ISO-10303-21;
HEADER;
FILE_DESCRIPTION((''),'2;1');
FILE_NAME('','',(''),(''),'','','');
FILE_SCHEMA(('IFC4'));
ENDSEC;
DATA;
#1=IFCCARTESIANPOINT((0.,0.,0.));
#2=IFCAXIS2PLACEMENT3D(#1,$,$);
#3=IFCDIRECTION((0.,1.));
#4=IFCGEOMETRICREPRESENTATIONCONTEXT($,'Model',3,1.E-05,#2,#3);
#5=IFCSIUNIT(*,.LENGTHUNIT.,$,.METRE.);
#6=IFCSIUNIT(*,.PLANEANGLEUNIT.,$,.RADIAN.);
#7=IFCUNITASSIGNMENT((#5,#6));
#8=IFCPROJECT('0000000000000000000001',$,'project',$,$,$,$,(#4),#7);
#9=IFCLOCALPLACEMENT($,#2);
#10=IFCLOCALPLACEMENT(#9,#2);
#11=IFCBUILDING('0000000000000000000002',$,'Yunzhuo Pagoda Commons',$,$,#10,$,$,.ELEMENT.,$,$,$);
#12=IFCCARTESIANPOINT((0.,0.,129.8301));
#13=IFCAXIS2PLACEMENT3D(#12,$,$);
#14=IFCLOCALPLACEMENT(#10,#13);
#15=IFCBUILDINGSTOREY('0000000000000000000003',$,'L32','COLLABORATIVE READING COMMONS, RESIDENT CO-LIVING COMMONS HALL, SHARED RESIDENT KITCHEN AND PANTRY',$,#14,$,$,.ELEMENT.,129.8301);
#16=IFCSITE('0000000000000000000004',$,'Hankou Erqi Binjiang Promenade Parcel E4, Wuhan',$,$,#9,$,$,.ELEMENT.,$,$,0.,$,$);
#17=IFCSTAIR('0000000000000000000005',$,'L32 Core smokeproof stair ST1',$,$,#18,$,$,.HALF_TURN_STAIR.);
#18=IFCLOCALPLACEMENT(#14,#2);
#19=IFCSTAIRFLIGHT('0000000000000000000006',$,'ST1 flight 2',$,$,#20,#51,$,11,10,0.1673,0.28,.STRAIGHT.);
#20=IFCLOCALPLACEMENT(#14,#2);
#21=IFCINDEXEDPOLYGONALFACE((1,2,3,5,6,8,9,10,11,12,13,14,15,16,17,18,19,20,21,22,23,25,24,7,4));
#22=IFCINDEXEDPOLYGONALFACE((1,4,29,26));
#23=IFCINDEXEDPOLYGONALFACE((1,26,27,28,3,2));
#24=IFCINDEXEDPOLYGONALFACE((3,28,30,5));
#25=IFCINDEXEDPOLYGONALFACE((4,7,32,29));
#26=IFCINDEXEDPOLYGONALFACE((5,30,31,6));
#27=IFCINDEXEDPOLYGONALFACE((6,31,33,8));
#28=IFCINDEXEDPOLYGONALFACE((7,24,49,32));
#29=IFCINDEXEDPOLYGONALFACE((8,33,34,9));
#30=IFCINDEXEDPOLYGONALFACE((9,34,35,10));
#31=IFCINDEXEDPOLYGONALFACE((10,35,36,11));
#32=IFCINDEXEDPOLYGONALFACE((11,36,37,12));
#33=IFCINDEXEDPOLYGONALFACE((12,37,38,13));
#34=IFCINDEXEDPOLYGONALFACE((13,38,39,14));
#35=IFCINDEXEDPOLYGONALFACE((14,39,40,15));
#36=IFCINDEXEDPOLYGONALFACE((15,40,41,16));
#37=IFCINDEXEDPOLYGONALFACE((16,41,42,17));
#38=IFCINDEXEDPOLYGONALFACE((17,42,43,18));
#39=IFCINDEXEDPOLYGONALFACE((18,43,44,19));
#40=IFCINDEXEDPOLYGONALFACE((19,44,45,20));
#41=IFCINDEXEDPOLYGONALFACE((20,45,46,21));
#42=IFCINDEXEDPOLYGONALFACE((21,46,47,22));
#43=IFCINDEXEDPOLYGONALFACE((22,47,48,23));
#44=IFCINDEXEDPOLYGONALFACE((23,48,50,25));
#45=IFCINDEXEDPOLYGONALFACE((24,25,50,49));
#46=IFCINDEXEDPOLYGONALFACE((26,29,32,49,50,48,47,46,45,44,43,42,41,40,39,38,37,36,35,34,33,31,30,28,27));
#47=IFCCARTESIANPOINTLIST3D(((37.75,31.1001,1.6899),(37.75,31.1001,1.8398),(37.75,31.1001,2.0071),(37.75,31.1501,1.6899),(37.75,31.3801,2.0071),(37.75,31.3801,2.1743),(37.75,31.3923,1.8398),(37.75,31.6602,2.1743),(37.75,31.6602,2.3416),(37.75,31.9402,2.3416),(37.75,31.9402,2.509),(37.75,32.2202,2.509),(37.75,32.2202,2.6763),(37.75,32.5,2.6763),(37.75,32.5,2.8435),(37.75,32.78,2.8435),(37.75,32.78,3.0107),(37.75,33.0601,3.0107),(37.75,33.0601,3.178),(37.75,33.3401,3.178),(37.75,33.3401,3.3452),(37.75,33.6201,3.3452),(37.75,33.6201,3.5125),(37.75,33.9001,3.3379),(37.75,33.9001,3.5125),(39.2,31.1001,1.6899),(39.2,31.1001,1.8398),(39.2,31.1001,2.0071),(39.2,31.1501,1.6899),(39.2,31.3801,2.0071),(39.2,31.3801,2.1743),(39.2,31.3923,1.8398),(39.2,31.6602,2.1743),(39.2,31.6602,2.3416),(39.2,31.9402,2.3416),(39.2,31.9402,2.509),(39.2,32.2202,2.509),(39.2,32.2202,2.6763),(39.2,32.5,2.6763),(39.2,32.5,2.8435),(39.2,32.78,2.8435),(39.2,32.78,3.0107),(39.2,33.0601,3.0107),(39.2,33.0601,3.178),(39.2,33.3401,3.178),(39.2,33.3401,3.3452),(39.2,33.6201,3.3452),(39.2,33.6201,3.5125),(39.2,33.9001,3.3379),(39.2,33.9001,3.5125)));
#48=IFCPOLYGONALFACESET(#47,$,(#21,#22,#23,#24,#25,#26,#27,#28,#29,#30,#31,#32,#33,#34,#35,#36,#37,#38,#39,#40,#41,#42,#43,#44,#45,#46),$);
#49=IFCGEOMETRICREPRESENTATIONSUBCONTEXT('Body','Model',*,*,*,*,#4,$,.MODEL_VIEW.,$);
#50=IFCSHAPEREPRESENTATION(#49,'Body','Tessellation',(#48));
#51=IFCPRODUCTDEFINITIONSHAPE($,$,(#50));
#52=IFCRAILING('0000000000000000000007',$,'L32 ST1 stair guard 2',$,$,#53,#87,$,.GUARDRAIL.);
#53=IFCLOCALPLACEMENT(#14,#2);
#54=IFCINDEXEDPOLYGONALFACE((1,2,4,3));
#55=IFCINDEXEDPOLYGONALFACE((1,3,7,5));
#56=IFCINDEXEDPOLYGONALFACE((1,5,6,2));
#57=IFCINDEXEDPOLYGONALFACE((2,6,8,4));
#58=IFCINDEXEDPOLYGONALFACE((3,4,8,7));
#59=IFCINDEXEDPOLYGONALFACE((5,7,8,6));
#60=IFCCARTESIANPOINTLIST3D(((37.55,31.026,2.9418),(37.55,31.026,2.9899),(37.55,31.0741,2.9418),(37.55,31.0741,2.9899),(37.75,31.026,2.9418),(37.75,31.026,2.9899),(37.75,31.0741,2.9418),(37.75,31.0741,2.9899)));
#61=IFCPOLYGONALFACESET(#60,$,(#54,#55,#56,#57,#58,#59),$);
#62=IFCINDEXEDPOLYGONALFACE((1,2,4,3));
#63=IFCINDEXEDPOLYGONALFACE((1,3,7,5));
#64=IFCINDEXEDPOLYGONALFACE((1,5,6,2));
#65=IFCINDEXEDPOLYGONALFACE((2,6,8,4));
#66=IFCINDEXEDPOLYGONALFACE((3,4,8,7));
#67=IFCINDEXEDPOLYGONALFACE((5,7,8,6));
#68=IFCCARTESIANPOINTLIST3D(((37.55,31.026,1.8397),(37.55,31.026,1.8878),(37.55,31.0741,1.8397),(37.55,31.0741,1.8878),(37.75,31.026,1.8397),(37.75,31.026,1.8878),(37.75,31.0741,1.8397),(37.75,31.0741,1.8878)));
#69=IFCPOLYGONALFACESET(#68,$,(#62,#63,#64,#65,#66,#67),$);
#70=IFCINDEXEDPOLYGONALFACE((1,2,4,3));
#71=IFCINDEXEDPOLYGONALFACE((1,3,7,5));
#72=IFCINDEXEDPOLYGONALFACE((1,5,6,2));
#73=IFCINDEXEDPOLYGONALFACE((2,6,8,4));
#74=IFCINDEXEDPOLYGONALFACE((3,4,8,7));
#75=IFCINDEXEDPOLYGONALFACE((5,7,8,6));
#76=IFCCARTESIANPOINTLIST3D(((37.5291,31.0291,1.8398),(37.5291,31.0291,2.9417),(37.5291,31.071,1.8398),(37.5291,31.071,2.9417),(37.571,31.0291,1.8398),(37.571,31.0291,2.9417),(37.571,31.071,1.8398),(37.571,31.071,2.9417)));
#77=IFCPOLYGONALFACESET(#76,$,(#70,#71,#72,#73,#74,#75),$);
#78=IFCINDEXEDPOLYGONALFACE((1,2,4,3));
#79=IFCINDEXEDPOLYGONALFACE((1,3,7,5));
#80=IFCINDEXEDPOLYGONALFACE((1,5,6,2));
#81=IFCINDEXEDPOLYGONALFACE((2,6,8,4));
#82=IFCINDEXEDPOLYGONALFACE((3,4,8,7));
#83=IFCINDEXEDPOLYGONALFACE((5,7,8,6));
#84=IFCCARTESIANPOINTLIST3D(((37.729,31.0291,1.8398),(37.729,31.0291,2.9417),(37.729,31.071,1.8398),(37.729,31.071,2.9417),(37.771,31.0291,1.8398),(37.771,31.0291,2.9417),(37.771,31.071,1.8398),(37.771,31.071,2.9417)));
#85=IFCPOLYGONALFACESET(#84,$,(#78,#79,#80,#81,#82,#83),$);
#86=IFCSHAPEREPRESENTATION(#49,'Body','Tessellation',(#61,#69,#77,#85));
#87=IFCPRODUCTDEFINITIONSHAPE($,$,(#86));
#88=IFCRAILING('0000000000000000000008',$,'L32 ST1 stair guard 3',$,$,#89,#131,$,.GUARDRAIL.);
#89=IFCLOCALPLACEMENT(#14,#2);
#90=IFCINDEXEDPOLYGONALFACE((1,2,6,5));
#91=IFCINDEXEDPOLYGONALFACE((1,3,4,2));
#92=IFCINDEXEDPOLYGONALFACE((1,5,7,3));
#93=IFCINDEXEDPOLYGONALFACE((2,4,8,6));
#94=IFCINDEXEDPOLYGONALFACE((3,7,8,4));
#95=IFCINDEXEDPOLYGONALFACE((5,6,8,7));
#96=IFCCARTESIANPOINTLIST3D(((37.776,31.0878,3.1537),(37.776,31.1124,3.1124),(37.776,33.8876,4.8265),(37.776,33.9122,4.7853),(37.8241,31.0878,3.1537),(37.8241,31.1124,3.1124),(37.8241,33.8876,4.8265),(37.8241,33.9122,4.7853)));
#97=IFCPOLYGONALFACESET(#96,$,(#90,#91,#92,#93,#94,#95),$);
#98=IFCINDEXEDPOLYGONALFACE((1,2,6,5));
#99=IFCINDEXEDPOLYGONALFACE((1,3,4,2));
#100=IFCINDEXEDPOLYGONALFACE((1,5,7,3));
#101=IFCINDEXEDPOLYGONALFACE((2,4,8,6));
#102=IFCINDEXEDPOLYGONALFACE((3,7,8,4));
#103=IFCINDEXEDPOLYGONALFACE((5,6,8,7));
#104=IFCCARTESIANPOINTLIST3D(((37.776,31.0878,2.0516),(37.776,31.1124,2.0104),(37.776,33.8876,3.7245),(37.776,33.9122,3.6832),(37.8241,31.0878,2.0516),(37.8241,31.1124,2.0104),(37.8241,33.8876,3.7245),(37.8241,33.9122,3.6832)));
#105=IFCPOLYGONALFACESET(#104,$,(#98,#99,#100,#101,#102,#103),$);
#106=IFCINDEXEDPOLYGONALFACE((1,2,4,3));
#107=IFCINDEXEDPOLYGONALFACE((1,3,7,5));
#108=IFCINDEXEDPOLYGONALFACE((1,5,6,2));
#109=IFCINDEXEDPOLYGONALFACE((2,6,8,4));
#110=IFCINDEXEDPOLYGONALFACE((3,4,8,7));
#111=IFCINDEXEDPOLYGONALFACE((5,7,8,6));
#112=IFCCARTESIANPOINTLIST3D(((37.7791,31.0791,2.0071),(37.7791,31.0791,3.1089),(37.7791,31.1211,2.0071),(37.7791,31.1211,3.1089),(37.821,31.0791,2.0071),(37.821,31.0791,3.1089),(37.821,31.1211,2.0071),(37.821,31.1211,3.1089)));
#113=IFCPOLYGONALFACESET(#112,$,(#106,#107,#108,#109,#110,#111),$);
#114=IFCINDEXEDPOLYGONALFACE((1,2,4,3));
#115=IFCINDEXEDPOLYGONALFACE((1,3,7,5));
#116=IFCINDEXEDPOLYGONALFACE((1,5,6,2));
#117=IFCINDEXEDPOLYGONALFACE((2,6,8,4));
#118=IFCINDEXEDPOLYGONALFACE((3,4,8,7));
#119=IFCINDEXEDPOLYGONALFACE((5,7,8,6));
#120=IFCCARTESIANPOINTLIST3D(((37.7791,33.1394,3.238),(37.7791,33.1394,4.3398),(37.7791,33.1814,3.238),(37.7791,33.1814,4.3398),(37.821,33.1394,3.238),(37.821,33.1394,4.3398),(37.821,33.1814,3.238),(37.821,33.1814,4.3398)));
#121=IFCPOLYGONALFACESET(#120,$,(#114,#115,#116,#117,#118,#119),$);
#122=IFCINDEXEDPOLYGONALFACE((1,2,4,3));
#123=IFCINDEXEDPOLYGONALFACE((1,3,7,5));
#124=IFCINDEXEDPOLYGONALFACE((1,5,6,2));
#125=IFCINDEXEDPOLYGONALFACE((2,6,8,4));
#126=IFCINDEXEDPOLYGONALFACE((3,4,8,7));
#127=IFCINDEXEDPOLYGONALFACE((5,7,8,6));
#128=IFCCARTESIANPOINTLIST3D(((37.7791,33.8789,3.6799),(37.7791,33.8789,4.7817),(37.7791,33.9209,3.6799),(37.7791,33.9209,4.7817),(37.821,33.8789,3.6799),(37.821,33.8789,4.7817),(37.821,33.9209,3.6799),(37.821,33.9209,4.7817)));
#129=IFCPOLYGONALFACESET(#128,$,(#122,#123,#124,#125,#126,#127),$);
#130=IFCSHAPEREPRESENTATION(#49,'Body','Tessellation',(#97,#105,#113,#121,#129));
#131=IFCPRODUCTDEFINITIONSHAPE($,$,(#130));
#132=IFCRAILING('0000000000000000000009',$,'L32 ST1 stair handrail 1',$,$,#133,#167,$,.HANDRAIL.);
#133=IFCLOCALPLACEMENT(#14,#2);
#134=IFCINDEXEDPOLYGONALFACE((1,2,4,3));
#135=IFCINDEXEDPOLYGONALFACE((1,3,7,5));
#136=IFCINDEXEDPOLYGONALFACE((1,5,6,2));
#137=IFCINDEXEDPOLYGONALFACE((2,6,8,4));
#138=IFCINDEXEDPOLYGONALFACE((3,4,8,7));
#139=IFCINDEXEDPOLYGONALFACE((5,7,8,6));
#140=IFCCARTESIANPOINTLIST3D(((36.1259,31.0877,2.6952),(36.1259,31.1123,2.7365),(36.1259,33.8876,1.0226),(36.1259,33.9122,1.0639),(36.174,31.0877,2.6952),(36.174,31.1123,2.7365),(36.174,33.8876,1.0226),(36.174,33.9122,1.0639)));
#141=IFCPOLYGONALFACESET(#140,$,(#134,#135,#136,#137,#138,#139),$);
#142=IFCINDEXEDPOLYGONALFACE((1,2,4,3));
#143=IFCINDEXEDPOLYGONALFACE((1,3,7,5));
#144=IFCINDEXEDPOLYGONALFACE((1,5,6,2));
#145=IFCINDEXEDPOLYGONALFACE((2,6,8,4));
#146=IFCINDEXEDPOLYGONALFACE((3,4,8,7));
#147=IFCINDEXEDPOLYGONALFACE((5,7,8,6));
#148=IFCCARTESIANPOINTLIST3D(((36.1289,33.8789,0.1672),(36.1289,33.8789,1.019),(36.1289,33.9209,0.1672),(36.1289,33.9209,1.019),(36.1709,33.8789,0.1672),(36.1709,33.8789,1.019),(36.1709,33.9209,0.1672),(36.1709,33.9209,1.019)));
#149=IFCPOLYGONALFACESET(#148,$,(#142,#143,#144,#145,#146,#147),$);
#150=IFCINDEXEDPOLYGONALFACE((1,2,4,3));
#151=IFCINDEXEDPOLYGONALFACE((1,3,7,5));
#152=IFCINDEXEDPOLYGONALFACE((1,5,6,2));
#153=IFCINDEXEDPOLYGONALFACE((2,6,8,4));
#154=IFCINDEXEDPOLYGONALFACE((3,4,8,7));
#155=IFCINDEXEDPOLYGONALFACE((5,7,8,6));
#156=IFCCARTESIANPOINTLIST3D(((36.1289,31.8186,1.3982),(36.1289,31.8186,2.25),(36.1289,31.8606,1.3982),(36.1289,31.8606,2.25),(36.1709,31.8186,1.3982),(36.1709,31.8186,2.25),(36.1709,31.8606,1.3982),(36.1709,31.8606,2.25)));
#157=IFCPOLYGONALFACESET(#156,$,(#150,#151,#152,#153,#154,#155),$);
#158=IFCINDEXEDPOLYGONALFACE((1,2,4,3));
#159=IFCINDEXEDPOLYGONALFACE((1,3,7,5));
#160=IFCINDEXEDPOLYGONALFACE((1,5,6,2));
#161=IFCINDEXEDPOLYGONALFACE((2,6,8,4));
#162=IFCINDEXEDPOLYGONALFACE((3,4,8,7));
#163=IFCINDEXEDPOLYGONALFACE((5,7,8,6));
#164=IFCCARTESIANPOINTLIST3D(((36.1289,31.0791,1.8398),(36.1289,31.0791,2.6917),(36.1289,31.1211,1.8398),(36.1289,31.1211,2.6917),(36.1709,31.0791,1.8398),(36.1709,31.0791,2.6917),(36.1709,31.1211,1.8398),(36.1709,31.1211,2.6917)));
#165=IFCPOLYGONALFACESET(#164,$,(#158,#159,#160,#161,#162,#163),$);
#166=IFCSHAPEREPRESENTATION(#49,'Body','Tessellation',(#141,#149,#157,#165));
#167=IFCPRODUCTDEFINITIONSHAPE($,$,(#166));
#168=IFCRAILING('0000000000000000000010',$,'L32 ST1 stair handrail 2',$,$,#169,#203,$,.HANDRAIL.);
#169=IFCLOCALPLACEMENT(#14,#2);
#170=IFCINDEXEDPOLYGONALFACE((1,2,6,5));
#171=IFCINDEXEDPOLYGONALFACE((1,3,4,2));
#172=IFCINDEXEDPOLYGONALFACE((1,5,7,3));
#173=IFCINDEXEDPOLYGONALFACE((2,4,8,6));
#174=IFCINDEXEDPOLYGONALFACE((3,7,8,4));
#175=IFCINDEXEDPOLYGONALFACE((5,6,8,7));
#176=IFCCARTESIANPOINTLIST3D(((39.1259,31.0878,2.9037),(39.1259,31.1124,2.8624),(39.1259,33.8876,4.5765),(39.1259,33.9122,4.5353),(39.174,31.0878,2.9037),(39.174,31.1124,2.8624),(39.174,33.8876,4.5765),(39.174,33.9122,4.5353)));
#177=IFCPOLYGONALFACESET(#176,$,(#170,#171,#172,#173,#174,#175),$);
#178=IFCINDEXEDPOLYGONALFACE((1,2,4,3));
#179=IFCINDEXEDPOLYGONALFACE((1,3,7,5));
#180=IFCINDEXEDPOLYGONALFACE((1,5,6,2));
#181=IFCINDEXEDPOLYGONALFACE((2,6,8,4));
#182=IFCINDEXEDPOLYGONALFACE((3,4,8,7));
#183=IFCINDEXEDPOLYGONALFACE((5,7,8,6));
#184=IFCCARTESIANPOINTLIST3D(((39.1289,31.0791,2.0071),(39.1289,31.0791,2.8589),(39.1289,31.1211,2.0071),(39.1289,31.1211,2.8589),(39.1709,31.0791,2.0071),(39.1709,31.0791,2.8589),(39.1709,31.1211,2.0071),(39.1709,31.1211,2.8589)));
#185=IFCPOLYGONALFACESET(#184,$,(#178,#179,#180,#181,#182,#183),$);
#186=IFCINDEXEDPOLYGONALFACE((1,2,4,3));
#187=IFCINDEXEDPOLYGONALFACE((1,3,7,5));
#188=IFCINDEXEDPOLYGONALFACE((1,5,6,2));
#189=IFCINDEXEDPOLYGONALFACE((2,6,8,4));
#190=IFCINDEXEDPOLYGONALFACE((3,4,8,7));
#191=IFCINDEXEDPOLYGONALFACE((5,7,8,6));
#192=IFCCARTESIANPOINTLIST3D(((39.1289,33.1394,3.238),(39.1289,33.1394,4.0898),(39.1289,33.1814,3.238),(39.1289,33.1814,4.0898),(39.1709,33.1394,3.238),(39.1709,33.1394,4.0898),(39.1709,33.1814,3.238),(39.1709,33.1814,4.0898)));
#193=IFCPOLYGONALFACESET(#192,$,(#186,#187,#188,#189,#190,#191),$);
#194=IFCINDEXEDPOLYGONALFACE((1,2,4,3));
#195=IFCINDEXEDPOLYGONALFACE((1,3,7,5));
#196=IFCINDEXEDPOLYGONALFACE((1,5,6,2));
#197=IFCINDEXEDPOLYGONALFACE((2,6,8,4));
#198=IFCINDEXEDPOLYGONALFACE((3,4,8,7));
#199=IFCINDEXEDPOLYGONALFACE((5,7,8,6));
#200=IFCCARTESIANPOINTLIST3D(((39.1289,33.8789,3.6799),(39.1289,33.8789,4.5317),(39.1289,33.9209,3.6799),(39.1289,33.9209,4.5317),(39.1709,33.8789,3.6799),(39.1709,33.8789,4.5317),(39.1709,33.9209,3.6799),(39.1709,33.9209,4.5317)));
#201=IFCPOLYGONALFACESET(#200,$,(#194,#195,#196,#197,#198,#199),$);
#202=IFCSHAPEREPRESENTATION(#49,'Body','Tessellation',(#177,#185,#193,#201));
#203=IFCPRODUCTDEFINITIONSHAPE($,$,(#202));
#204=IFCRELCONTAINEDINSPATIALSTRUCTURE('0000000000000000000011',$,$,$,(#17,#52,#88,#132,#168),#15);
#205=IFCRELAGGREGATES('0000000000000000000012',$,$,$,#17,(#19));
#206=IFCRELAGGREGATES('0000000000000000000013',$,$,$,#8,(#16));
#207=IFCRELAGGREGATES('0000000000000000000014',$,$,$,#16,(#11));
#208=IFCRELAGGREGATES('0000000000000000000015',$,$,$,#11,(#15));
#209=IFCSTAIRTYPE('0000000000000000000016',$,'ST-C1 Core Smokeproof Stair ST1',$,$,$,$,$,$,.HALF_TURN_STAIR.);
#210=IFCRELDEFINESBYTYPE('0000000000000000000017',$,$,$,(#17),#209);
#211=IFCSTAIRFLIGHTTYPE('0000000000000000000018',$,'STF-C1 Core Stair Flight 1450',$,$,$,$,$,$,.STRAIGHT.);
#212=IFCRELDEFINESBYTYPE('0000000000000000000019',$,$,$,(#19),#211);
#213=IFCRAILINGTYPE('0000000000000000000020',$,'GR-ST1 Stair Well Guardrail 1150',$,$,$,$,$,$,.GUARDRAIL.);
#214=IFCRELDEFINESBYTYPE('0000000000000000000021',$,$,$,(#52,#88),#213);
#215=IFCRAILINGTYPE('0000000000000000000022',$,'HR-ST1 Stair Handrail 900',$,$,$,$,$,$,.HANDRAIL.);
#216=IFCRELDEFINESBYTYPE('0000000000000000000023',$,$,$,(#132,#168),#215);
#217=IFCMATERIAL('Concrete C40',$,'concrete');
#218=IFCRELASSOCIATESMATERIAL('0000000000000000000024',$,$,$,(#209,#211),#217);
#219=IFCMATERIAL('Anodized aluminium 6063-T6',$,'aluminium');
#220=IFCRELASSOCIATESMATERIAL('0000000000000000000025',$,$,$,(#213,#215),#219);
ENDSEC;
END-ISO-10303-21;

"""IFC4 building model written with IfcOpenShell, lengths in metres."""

from ifc_helpers import new_model, si_unit, direction, frame, origin, origin_2d, place, context, subcontext, project, spatial, polyline, rectangle, outline, extrude, source, transform, mapped, material, type_object, element, aggregate, save


model = new_model("IFC4")

# Units and contexts
model_context = context("Model", 3, precision=1e-05, world=origin(), true_north=direction((0.0, 1.0)))
body_context = subcontext(model_context, "Body", "Model", "MODEL_VIEW")
ifc_project = project(units=[si_unit("LENGTHUNIT", "METRE"), si_unit("PLANEANGLEUNIT", "RADIAN")], contexts=[model_context])

# Site, building, storey
site_placement = place(None, origin())
site = spatial("IfcSite", under=ifc_project, at=site_placement, Name="Hankou Erqi Binjiang Promenade Parcel E4, Wuhan", CompositionType="ELEMENT", RefElevation=0.0)
building_placement = place(site_placement, origin())
building = spatial("IfcBuilding", under=site, at=building_placement, Name="Yunzhuo Pagoda Commons", CompositionType="ELEMENT")
storey_placement = place(building_placement, frame((0.0, 0.0, 129.8301)))
storey = spatial("IfcBuildingStorey", under=building, at=storey_placement, Name="L32", Description="COLLABORATIVE READING COMMONS, RESIDENT CO-LIVING COMMONS HALL, SHARED RESIDENT KITCHEN AND PANTRY", CompositionType="ELEMENT", Elevation=129.8301)

# Shared definitions
ifc_material_1 = material(Name="Concrete C40", Category="concrete")

# Stair, stair flight
stair_type = type_object("IfcStairType", Name="ST-C1 Core Smokeproof Stair ST1", PredefinedType="HALF_TURN_STAIR", material=ifc_material_1)
stair_placement = place(storey_placement, origin())
stair = element("IfcStair", 1, at=stair_placement, inside=storey, type_object=stair_type, Name="L32 Core smokeproof stair ST1", PredefinedType="HALF_TURN_STAIR")
stair_flight_type = type_object("IfcStairFlightType", Name="STF-C1 Core Stair Flight 1450", PredefinedType="STRAIGHT", material=ifc_material_1)
shared_shape_1 = source(origin(), body_context, "Body", "SweptSolid", [
    extrude(outline(polyline([(0.0, -0.1499), (0.0, 0.0), (0.0, 0.1672), (0.28, 0.1672), (0.28, 0.3345), (0.5601, 0.3345), (0.5601, 0.5017), (0.8401, 0.5017), (0.8401, 0.6692), (1.1201, 0.6692), (1.1201, 0.8364), (1.3999, 0.8364), (1.3999, 1.0037), (1.6799, 1.0037), (1.6799, 1.1709), (1.96, 1.1709), (1.96, 1.3381), (2.24, 1.3381), (2.24, 1.5054), (2.52, 1.5054), (2.52, 1.6726), (2.8, 1.6726), (2.8, 1.8401), (2.8, 1.498), (0.2922, 0.0), (0.05, -0.1499), (0.0, -0.1499)])), frame((0.0, 0.7251, 0.0), z_axis=(0.0, -1.0, 0.0), x_axis=(1.0, 0.0, 0.0)), (0.0, 0.0, 1.0), 1.45),
])
stair_flight_1_placement = place(storey_placement, frame((38.4751, 31.1001, 1.8398), z_axis=(0.0, 0.0, 1.0), x_axis=(0.0, 1.0, 0.0)))
stair_flight_1 = element("IfcStairFlight", 2, at=stair_flight_1_placement, type_object=stair_flight_type, Name="ST1 flight 2", NumberOfRisers=11, NumberOfTreads=10, PredefinedType="STRAIGHT", RiserHeight=0.1673, TreadLength=0.28, context=body_context, shape_type="MappedRepresentation", body=[
    mapped(shared_shape_1, transform((0.0, 0.0, 0.0), scale=1.0)),
])
aggregate(stair, [stair_flight_1])

# Railings
ifc_material_2 = material(Name="Anodized aluminium 6063-T6", Category="aluminium")
railing_type_1 = type_object("IfcRailingType", Name="GR-ST1 Stair Well Guardrail 1150", PredefinedType="GUARDRAIL", material=ifc_material_2)
railing_1_placement = place(storey_placement, frame((37.55, 31.05, 1.8398)))
element("IfcRailing", 3, at=railing_1_placement, inside=storey, type_object=railing_type_1, Name="L32 ST1 stair guard 2", PredefinedType="GUARDRAIL", context=body_context, shape_type="SweptSolid", body=[
    extrude(rectangle(XDim=0.0481, YDim=0.0481, at=origin_2d()), frame((0.0, 0.0, 1.126), z_axis=(1.0, 0.0, 0.0), x_axis=(0.0, 1.0, 0.0)), (0.0, 0.0, 1.0), 0.2),
    extrude(rectangle(XDim=0.0481, YDim=0.0481, at=origin_2d()), frame((0.0, 0.0, 0.0239), z_axis=(1.0, 0.0, 0.0), x_axis=(0.0, 1.0, 0.0)), (0.0, 0.0, 1.0), 0.2),
    extrude(rectangle(XDim=0.042, YDim=0.042, at=origin_2d()), origin(), (0.0, 0.0, 1.0), 1.1018),
    extrude(rectangle(XDim=0.042, YDim=0.042, at=origin_2d()), frame((0.2, 0.0, 0.0)), (0.0, 0.0, 1.0), 1.1018),
])
railing_2_placement = place(storey_placement, frame((37.8, 31.1001, 2.0071)))
element("IfcRailing", 4, at=railing_2_placement, inside=storey, type_object=railing_type_1, Name="L32 ST1 stair guard 3", PredefinedType="GUARDRAIL", context=body_context, shape_type="SweptSolid", body=[
    extrude(rectangle(XDim=0.0481, YDim=0.0481, at=origin_2d()), frame((0.0, 0.0, 1.126), z_axis=(0.0, 0.858443, 0.51291), x_axis=(-1.0, 0.0, 0.0)), (0.0, 0.0, 1.0), 3.2615),
    extrude(rectangle(XDim=0.0481, YDim=0.0481, at=origin_2d()), frame((0.0, 0.0, 0.0239), z_axis=(0.0, 0.858443, 0.51291), x_axis=(-1.0, 0.0, 0.0)), (0.0, 0.0, 1.0), 3.2615),
    extrude(rectangle(XDim=0.042, YDim=0.042, at=origin_2d()), origin(), (0.0, 0.0, 1.0), 1.1018),
    extrude(rectangle(XDim=0.042, YDim=0.042, at=origin_2d()), frame((0.0, 2.0603, 1.231)), (0.0, 0.0, 1.0), 1.1018),
    extrude(rectangle(XDim=0.042, YDim=0.042, at=origin_2d()), frame((0.0, 2.7998, 1.6729)), (0.0, 0.0, 1.0), 1.1018),
])
railing_type_2 = type_object("IfcRailingType", Name="HR-ST1 Stair Handrail 900", PredefinedType="HANDRAIL", material=ifc_material_2)
railing_3_placement = place(storey_placement, frame((36.1499, 33.8999, 0.1672)))
element("IfcRailing", 5, at=railing_3_placement, inside=storey, type_object=railing_type_2, Name="L32 ST1 stair handrail 1", PredefinedType="HANDRAIL", context=body_context, shape_type="SweptSolid", body=[
    extrude(rectangle(XDim=0.0481, YDim=0.0481, at=origin_2d()), frame((0.0, 0.0, 0.876), z_axis=(0.0, -0.858476, 0.512855), x_axis=(1.0, 0.0, 0.0)), (0.0, 0.0, 1.0), 3.2615),
    extrude(rectangle(XDim=0.042, YDim=0.042, at=origin_2d()), origin(), (0.0, 0.0, 1.0), 0.8518),
    extrude(rectangle(XDim=0.042, YDim=0.042, at=origin_2d()), frame((0.0, -2.0603, 1.231)), (0.0, 0.0, 1.0), 0.8518),
    extrude(rectangle(XDim=0.042, YDim=0.042, at=origin_2d()), frame((0.0, -2.7998, 1.6726)), (0.0, 0.0, 1.0), 0.8518),
])
railing_4_placement = place(storey_placement, frame((39.1499, 31.1001, 2.0071)))
element("IfcRailing", 6, at=railing_4_placement, inside=storey, type_object=railing_type_2, Name="L32 ST1 stair handrail 2", PredefinedType="HANDRAIL", context=body_context, shape_type="SweptSolid", body=[
    extrude(rectangle(XDim=0.0481, YDim=0.0481, at=origin_2d()), frame((0.0, 0.0, 0.876), z_axis=(0.0, 0.858443, 0.51291), x_axis=(-1.0, 0.0, 0.0)), (0.0, 0.0, 1.0), 3.2615),
    extrude(rectangle(XDim=0.042, YDim=0.042, at=origin_2d()), origin(), (0.0, 0.0, 1.0), 0.8518),
    extrude(rectangle(XDim=0.042, YDim=0.042, at=origin_2d()), frame((0.0, 2.0603, 1.231)), (0.0, 0.0, 1.0), 0.8518),
    extrude(rectangle(XDim=0.042, YDim=0.042, at=origin_2d()), frame((0.0, 2.7998, 1.6729)), (0.0, 0.0, 1.0), 0.8518),
])

save(model, "model.ifc")
